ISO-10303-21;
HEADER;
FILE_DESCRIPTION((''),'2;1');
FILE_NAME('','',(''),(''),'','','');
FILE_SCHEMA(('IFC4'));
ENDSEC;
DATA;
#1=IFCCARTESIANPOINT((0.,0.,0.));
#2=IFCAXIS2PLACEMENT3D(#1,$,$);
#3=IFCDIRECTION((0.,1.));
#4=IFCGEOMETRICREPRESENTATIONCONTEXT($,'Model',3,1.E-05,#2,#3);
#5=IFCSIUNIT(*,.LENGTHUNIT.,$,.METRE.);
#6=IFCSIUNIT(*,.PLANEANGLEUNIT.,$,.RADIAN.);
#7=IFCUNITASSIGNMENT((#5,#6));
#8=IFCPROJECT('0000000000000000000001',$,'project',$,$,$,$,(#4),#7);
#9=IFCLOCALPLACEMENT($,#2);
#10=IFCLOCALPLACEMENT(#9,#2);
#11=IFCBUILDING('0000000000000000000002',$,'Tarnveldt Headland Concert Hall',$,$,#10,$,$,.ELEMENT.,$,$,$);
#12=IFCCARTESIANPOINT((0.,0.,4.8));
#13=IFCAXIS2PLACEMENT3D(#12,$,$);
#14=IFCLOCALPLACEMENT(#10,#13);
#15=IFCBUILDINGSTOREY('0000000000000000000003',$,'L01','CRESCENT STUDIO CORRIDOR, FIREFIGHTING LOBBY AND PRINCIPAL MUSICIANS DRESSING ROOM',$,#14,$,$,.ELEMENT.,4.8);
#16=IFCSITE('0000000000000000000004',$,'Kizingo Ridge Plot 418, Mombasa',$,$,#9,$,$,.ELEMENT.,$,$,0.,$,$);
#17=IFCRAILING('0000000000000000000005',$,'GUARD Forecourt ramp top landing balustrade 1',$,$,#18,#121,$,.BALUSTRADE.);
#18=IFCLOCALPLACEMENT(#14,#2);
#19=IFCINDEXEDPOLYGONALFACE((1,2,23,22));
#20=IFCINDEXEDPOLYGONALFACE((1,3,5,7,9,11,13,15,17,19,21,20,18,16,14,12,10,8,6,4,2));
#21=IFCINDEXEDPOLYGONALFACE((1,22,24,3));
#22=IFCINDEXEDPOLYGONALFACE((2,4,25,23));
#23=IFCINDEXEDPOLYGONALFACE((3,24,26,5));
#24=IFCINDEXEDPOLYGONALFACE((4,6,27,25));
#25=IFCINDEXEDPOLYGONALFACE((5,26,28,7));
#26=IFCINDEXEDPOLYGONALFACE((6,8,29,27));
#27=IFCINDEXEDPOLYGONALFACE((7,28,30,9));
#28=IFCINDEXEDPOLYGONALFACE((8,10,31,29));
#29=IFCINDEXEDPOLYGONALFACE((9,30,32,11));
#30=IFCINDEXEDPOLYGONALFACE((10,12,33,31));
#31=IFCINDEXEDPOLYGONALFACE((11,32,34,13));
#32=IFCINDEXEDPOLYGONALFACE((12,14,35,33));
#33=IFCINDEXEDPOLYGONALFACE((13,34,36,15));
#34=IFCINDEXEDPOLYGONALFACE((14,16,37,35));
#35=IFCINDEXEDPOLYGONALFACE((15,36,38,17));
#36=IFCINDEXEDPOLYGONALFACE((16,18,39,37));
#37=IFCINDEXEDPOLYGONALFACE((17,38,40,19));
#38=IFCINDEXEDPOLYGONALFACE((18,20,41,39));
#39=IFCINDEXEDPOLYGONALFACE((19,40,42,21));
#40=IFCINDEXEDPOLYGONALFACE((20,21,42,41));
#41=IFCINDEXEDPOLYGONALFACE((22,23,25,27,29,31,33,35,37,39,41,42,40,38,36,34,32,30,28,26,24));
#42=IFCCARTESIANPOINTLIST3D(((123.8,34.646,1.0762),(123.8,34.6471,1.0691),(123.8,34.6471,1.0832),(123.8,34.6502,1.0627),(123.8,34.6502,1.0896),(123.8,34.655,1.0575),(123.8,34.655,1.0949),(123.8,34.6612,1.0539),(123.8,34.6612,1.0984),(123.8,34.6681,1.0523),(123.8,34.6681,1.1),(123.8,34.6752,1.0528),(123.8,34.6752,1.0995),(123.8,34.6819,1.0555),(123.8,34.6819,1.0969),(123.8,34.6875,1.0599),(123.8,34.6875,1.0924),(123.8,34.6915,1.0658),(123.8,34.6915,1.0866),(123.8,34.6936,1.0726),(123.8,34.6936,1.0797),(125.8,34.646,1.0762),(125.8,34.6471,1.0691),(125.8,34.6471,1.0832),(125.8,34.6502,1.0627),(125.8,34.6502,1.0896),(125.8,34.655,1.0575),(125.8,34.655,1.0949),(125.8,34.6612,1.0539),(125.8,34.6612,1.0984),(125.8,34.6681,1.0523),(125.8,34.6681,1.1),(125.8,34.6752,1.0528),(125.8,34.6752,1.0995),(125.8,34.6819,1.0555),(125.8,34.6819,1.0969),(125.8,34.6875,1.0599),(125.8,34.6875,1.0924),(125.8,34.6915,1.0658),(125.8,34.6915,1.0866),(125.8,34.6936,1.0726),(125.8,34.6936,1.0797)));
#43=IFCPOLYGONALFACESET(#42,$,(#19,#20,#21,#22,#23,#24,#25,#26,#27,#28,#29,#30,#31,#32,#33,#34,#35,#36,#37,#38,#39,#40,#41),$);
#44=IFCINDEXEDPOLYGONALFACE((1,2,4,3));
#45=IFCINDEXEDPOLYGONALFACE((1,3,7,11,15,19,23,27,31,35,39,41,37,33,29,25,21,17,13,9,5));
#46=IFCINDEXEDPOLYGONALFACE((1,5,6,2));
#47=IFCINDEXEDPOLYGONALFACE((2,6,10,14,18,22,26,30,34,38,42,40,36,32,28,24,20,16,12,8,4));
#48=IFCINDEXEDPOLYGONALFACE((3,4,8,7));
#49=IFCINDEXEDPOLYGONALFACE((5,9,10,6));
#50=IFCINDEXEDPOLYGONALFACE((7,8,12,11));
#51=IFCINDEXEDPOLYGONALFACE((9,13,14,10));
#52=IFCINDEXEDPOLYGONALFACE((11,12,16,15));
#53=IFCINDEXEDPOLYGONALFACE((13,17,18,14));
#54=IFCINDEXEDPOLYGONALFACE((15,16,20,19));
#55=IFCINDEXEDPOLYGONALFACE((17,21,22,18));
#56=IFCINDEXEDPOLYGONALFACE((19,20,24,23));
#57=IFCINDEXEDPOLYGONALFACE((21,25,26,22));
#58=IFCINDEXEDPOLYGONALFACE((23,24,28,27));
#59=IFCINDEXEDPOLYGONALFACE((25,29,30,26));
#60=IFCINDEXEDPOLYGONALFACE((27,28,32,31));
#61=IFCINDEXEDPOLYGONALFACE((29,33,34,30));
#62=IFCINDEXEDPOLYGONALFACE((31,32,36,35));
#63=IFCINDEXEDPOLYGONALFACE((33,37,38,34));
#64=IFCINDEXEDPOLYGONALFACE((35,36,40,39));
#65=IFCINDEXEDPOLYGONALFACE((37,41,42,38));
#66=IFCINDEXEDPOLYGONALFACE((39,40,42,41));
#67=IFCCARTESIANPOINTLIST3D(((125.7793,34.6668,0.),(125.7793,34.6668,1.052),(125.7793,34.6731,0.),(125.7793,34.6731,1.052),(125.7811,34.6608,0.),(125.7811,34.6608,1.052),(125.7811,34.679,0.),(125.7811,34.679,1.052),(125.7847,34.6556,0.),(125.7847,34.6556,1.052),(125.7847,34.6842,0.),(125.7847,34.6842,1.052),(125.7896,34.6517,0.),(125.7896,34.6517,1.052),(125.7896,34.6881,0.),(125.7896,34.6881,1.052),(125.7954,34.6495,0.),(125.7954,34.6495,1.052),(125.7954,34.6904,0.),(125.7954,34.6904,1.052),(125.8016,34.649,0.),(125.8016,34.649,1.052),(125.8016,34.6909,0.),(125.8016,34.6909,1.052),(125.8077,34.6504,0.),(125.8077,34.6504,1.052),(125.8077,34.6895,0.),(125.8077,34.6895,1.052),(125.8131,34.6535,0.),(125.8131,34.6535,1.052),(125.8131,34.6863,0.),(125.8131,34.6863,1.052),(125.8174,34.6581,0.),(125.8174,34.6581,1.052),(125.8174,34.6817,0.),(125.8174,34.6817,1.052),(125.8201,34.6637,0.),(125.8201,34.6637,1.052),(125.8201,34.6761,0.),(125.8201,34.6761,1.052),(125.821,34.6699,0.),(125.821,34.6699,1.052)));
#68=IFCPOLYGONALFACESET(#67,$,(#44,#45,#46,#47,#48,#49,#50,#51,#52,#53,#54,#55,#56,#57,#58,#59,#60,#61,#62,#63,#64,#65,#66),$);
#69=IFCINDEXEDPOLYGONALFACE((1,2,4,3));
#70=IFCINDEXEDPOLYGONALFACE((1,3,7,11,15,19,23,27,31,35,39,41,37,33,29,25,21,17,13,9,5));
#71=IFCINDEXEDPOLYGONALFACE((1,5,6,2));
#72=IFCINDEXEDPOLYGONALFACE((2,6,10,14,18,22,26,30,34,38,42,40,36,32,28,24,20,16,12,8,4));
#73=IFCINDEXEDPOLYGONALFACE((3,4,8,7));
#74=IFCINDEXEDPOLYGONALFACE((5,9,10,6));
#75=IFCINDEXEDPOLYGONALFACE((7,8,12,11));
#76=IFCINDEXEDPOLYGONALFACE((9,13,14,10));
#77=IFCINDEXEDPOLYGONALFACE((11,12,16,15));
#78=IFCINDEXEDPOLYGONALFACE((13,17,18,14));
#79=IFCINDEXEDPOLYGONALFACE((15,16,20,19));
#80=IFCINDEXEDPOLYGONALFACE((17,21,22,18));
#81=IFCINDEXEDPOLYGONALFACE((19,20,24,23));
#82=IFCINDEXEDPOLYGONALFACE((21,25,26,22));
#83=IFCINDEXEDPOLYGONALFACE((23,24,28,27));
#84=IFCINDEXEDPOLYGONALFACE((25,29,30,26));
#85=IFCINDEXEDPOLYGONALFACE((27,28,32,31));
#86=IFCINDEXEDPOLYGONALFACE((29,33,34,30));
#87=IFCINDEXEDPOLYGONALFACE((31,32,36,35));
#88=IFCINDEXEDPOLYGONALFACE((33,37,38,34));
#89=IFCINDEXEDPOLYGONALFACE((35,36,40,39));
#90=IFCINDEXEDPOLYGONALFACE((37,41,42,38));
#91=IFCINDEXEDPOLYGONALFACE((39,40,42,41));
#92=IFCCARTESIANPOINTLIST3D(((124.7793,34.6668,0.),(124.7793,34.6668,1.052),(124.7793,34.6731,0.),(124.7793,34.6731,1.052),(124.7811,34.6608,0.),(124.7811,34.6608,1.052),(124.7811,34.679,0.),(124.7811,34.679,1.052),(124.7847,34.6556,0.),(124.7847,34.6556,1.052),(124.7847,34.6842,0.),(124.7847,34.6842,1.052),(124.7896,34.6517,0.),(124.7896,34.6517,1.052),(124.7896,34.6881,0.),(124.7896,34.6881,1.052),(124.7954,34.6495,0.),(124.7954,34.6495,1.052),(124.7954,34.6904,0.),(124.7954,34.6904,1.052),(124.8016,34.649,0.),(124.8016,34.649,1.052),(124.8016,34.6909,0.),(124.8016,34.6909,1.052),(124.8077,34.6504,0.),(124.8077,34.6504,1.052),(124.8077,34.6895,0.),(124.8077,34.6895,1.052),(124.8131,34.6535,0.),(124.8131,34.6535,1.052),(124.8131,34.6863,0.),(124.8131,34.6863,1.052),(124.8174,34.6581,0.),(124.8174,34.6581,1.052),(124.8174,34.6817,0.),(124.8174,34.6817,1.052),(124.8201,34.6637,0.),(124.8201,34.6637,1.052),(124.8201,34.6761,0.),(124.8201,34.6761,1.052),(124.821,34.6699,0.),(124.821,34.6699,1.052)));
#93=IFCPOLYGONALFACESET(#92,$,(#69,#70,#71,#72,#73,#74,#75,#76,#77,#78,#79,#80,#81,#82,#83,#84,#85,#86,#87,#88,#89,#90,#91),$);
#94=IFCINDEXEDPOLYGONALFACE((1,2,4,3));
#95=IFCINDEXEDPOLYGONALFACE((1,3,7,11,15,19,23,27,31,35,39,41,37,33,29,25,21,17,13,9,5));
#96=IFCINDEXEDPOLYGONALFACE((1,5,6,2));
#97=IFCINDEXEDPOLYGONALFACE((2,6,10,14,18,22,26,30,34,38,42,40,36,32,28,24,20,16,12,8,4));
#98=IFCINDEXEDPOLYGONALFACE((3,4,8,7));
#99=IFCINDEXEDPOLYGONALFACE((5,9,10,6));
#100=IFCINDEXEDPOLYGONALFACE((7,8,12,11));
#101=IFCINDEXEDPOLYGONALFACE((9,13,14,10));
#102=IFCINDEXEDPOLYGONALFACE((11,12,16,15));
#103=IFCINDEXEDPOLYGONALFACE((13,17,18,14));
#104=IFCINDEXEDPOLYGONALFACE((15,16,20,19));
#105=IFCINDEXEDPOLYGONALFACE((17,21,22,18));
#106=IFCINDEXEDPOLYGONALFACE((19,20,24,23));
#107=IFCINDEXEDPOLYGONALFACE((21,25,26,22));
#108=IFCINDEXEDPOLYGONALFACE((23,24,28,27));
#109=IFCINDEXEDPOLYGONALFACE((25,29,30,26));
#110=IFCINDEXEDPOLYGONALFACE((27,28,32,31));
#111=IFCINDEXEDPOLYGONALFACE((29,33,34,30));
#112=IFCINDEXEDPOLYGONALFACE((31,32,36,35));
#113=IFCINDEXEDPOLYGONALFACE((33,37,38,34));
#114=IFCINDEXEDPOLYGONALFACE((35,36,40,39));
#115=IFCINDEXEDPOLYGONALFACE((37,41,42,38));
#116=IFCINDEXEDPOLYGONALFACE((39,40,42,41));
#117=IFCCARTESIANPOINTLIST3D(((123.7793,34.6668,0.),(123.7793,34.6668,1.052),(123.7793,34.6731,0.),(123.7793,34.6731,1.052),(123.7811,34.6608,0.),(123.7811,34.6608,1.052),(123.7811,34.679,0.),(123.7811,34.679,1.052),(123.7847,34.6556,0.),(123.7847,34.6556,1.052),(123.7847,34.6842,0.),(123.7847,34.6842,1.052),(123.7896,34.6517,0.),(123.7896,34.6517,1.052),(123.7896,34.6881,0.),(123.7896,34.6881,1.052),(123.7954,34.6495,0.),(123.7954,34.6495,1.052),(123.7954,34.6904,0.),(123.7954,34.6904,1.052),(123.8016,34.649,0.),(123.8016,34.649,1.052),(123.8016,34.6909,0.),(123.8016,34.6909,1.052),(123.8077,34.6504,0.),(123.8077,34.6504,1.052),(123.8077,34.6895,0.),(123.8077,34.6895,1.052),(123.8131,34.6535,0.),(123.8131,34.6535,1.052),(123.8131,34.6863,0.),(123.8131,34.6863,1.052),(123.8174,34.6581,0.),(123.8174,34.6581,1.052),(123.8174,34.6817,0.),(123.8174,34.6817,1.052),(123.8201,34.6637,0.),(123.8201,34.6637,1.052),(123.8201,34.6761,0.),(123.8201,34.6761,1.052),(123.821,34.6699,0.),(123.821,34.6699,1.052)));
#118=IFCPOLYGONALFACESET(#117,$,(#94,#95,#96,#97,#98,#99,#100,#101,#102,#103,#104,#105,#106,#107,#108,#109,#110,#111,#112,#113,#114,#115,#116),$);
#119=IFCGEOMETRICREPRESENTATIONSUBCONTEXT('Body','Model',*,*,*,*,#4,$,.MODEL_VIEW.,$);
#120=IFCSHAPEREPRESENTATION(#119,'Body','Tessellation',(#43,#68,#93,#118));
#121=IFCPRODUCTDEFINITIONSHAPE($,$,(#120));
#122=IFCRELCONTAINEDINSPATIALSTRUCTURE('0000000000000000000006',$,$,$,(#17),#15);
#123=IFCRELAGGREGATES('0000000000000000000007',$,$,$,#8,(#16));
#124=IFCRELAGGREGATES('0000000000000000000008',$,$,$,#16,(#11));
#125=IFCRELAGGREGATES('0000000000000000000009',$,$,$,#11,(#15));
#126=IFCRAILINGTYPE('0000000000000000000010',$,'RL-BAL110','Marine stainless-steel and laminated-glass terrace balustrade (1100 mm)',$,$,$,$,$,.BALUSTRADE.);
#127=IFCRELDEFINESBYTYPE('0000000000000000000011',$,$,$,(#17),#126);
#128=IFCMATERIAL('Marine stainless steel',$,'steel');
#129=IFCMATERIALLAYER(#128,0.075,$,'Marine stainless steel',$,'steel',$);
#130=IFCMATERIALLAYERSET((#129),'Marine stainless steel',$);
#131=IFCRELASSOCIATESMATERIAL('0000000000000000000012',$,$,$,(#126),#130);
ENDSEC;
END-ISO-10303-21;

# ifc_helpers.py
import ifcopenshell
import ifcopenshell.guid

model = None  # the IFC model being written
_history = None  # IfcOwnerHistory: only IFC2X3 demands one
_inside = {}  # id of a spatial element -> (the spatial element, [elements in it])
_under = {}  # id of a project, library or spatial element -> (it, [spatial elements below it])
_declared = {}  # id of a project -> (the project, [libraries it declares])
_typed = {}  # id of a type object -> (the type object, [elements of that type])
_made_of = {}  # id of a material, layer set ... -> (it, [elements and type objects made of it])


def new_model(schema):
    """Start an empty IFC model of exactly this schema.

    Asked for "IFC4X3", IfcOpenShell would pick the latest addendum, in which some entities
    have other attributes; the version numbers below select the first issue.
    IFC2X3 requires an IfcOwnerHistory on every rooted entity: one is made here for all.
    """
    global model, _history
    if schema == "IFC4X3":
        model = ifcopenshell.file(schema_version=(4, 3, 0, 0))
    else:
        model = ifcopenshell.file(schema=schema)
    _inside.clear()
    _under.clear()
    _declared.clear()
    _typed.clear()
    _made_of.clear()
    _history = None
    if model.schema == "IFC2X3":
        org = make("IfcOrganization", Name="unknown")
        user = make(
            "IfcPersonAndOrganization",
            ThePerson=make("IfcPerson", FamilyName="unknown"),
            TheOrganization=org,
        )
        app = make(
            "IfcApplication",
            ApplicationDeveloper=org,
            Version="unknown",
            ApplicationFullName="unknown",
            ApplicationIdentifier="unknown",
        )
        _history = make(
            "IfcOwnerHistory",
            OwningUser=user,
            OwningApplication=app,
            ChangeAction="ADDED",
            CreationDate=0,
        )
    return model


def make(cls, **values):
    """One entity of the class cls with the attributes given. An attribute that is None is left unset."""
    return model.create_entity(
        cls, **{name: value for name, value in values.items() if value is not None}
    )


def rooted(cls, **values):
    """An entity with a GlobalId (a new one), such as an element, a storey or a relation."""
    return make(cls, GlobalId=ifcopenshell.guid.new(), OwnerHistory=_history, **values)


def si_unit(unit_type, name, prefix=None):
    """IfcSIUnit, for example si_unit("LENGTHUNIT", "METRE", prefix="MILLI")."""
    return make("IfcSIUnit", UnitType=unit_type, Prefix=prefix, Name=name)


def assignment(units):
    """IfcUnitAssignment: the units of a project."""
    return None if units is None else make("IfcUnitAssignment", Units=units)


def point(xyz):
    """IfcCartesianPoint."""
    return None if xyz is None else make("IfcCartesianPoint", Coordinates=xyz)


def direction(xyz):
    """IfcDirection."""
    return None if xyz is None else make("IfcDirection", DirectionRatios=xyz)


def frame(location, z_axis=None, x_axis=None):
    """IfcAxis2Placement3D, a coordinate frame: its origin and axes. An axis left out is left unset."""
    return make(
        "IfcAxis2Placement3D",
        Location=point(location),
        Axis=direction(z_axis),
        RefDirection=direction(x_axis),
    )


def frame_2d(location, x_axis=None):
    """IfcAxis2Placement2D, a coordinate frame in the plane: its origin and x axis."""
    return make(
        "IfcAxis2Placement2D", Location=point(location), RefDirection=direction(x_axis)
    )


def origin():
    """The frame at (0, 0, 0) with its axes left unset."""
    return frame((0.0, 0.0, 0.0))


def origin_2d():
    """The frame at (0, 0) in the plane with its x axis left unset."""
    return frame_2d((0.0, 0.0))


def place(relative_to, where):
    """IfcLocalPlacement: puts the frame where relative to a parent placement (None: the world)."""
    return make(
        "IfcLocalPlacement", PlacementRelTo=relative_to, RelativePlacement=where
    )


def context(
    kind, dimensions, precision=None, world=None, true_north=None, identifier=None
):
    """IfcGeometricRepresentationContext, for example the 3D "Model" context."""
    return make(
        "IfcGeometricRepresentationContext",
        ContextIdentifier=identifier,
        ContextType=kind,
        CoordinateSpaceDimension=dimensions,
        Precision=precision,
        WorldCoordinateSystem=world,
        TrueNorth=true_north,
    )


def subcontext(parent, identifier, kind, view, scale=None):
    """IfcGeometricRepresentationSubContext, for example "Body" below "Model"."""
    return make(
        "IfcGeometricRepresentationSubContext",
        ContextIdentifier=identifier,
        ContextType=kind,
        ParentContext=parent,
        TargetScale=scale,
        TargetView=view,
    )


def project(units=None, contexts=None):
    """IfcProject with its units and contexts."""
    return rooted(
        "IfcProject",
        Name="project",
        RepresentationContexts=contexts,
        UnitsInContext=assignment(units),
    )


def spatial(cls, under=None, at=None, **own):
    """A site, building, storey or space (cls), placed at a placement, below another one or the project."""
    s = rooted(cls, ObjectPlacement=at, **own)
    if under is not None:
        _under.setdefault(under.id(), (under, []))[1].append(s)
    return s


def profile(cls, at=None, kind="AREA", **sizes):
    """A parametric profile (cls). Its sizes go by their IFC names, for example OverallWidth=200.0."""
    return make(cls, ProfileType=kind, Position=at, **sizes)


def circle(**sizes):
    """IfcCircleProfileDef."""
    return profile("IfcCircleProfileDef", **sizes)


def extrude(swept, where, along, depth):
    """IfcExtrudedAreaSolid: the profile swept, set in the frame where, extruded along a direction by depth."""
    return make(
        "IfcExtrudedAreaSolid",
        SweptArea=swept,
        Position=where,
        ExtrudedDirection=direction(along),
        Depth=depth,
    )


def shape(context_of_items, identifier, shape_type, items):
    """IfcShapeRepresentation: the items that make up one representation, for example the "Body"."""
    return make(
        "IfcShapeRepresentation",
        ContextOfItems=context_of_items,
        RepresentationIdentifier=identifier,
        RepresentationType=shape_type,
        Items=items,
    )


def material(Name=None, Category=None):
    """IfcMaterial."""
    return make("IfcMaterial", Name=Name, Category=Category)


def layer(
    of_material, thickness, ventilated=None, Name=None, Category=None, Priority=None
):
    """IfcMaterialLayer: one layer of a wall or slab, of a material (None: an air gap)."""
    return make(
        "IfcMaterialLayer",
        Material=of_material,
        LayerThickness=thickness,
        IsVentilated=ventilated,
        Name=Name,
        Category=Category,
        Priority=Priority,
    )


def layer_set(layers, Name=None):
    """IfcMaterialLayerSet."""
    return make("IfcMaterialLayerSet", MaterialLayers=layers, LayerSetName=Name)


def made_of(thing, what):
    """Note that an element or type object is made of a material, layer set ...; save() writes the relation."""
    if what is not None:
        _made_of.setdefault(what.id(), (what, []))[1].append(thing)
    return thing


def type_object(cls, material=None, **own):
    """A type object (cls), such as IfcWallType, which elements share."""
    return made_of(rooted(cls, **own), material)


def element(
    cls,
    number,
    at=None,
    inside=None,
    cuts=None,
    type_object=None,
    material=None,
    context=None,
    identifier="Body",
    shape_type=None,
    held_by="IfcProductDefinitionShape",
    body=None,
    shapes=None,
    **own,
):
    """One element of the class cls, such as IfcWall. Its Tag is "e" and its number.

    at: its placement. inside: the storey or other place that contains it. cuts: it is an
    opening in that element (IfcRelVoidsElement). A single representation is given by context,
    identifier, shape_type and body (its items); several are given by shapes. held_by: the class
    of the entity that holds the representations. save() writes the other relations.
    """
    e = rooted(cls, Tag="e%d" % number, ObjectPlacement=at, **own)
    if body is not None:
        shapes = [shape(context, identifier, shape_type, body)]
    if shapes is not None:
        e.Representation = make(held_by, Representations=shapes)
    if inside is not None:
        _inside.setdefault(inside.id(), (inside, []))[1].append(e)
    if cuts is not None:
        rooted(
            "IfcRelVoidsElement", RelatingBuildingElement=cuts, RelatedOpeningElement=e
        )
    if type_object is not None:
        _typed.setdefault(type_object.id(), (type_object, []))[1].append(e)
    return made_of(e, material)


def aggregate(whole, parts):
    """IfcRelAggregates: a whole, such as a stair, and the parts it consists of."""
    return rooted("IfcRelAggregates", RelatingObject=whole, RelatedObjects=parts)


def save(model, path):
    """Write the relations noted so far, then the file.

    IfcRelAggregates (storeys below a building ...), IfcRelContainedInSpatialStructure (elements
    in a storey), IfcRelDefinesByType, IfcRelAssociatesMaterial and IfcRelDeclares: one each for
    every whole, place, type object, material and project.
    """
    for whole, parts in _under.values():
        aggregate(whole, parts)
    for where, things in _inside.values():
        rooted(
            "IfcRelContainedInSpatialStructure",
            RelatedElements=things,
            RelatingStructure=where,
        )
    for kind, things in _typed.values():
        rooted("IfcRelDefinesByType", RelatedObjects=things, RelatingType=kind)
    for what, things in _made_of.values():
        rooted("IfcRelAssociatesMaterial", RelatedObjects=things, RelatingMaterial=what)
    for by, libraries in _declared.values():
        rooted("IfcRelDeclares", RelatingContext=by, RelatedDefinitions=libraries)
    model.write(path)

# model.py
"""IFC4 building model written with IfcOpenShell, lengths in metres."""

from ifc_helpers import new_model, si_unit, direction, frame, origin, origin_2d, place, context, subcontext, project, spatial, circle, extrude, material, layer, layer_set, type_object, element, save


model = new_model("IFC4")

# Units and contexts
model_context = context("Model", 3, precision=1e-05, world=origin(), true_north=direction((0.0, 1.0)))
body_context = subcontext(model_context, "Body", "Model", "MODEL_VIEW")
ifc_project = project(units=[si_unit("LENGTHUNIT", "METRE"), si_unit("PLANEANGLEUNIT", "RADIAN")], contexts=[model_context])

# Site, building, storey
site_placement = place(None, origin())
site = spatial("IfcSite", under=ifc_project, at=site_placement, Name="Kizingo Ridge Plot 418, Mombasa", CompositionType="ELEMENT", RefElevation=0.0)
building_placement = place(site_placement, origin())
building = spatial("IfcBuilding", under=site, at=building_placement, Name="Tarnveldt Headland Concert Hall", CompositionType="ELEMENT")
storey_placement = place(building_placement, frame((0.0, 0.0, 4.8)))
storey = spatial("IfcBuildingStorey", under=building, at=storey_placement, Name="L01", Description="CRESCENT STUDIO CORRIDOR, FIREFIGHTING LOBBY AND PRINCIPAL MUSICIANS DRESSING ROOM", CompositionType="ELEMENT", Elevation=4.8)

# Railing
ifc_material_1 = material(Name="Marine stainless steel", Category="steel")
ifc_layer_1 = layer(ifc_material_1, 0.075, Name="Marine stainless steel", Category="steel")
ifc_layer_set_1 = layer_set([ifc_layer_1], Name="Marine stainless steel")
railing_type = type_object("IfcRailingType", Name="RL-BAL110", Description="Marine stainless-steel and laminated-glass terrace balustrade (1100 mm)", PredefinedType="BALUSTRADE", material=ifc_layer_set_1)
railing_1_placement = place(storey_placement, frame((125.8, 34.6699, 0.0)))
element("IfcRailing", 1, at=railing_1_placement, inside=storey, type_object=railing_type, Name="GUARD Forecourt ramp top landing balustrade 1", PredefinedType="BALUSTRADE", context=body_context, shape_type="SweptSolid", body=[
    extrude(circle(Radius=0.0239, at=origin_2d()), frame((0.0, 0.0, 1.0762), z_axis=(-1.0, 0.0, 0.0), x_axis=(0.0, -1.0, 0.0)), (0.0, 0.0, 1.0), 2.0),
    extrude(circle(Radius=0.021, at=origin_2d()), origin(), (0.0, 0.0, 1.0), 1.052),
    extrude(circle(Radius=0.021, at=origin_2d()), frame((-1.0, 0.0, 0.0)), (0.0, 0.0, 1.0), 1.052),
    extrude(circle(Radius=0.021, at=origin_2d()), frame((-2.0, 0.0, 0.0)), (0.0, 0.0, 1.0), 1.052),
])

save(model, "model.ifc")
